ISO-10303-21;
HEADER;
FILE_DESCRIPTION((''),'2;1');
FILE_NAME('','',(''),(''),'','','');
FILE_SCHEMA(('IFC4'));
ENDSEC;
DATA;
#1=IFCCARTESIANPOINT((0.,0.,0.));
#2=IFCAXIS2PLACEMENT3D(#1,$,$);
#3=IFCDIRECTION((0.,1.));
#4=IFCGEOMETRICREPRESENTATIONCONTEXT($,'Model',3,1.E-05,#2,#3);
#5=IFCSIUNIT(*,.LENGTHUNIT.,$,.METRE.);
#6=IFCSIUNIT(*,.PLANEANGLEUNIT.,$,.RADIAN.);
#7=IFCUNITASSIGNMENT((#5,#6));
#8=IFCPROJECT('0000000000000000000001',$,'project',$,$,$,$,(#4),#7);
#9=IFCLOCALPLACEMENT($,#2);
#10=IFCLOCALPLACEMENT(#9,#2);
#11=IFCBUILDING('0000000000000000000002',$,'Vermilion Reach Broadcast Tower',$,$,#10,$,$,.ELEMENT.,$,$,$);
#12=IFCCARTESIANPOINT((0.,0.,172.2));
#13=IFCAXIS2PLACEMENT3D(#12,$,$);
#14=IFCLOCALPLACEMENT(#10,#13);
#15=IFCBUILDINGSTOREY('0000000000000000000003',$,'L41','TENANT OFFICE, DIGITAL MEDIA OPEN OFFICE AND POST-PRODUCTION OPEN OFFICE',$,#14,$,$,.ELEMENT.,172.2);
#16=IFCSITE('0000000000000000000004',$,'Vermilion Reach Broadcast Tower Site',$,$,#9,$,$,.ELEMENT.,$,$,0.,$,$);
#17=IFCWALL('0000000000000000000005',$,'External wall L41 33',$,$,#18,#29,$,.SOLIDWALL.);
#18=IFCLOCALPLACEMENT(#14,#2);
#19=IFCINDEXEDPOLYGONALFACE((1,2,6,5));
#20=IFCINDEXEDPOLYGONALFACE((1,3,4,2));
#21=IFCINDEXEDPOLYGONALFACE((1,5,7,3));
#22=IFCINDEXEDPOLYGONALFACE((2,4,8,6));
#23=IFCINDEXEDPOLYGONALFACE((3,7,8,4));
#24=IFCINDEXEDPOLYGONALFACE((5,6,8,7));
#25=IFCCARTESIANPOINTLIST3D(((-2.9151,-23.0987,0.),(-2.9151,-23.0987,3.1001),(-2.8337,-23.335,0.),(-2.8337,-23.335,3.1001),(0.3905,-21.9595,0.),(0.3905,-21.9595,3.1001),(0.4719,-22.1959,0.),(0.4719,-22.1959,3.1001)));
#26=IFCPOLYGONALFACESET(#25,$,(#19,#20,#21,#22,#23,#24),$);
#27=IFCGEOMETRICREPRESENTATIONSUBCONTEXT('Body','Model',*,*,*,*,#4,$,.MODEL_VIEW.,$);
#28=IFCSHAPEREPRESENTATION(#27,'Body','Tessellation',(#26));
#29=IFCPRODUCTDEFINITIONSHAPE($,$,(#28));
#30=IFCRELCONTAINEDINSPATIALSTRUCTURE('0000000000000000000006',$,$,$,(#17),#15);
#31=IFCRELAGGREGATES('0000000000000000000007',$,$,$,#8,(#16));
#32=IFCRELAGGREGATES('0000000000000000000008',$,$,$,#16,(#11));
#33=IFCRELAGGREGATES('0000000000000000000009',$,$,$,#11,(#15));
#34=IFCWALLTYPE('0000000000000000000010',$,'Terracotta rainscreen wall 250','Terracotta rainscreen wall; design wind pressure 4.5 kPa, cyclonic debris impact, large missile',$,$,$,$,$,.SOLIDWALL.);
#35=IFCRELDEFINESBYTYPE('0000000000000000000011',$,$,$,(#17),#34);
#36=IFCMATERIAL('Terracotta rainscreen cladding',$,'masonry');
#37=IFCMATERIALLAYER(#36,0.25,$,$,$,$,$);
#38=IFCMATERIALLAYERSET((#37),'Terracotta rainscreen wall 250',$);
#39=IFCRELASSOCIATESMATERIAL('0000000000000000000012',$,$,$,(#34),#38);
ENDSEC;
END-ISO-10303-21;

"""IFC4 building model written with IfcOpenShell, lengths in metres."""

from ifc_helpers import new_model, si_unit, direction, frame, frame_2d, origin, place, context, subcontext, project, spatial, rectangle, extrude, material, layer, layer_set, type_object, element, save


model = new_model("IFC4")

# Units and contexts
model_context = context("Model", 3, precision=1e-05, world=origin(), true_north=direction((0.0, 1.0)))
body_context = subcontext(model_context, "Body", "Model", "MODEL_VIEW")
ifc_project = project(units=[si_unit("LENGTHUNIT", "METRE"), si_unit("PLANEANGLEUNIT", "RADIAN")], contexts=[model_context])

# Site, building, storey
site_placement = place(None, origin())
site = spatial("IfcSite", under=ifc_project, at=site_placement, Name="Vermilion Reach Broadcast Tower Site", CompositionType="ELEMENT", RefElevation=0.0)
building_placement = place(site_placement, origin())
building = spatial("IfcBuilding", under=site, at=building_placement, Name="Vermilion Reach Broadcast Tower", CompositionType="ELEMENT")
storey_placement = place(building_placement, frame((0.0, 0.0, 172.2)))
storey = spatial("IfcBuildingStorey", under=building, at=storey_placement, Name="L41", Description="TENANT OFFICE, DIGITAL MEDIA OPEN OFFICE AND POST-PRODUCTION OPEN OFFICE", CompositionType="ELEMENT", Elevation=172.2)

# Wall
ifc_material_1 = material(Name="Terracotta rainscreen cladding", Category="masonry")
ifc_layer_1 = layer(ifc_material_1, 0.25)
ifc_layer_set_1 = layer_set([ifc_layer_1], Name="Terracotta rainscreen wall 250")
wall_type_1 = type_object("IfcWallType", Name="Terracotta rainscreen wall 250", Description="Terracotta rainscreen wall; design wind pressure 4.5 kPa, cyclonic debris impact, large missile", PredefinedType="SOLIDWALL", material=ifc_layer_set_1)
wall_1_placement = place(storey_placement, frame((-2.8743, -23.2168, 0.0), z_axis=(0.0, 0.0, 1.0), x_axis=(0.945437, 0.325806, 0.0)))
element("IfcWall", 1, at=wall_1_placement, inside=storey, type_object=wall_type_1, Name="External wall L41 33", PredefinedType="SOLIDWALL", context=body_context, shape_type="SweptSolid", body=[
    extrude(rectangle(XDim=3.4963, YDim=0.25, at=frame_2d((1.748, 0.0))), origin(), (0.0, 0.0, 1.0), 3.1001),
])

save(model, "model.ifc")
